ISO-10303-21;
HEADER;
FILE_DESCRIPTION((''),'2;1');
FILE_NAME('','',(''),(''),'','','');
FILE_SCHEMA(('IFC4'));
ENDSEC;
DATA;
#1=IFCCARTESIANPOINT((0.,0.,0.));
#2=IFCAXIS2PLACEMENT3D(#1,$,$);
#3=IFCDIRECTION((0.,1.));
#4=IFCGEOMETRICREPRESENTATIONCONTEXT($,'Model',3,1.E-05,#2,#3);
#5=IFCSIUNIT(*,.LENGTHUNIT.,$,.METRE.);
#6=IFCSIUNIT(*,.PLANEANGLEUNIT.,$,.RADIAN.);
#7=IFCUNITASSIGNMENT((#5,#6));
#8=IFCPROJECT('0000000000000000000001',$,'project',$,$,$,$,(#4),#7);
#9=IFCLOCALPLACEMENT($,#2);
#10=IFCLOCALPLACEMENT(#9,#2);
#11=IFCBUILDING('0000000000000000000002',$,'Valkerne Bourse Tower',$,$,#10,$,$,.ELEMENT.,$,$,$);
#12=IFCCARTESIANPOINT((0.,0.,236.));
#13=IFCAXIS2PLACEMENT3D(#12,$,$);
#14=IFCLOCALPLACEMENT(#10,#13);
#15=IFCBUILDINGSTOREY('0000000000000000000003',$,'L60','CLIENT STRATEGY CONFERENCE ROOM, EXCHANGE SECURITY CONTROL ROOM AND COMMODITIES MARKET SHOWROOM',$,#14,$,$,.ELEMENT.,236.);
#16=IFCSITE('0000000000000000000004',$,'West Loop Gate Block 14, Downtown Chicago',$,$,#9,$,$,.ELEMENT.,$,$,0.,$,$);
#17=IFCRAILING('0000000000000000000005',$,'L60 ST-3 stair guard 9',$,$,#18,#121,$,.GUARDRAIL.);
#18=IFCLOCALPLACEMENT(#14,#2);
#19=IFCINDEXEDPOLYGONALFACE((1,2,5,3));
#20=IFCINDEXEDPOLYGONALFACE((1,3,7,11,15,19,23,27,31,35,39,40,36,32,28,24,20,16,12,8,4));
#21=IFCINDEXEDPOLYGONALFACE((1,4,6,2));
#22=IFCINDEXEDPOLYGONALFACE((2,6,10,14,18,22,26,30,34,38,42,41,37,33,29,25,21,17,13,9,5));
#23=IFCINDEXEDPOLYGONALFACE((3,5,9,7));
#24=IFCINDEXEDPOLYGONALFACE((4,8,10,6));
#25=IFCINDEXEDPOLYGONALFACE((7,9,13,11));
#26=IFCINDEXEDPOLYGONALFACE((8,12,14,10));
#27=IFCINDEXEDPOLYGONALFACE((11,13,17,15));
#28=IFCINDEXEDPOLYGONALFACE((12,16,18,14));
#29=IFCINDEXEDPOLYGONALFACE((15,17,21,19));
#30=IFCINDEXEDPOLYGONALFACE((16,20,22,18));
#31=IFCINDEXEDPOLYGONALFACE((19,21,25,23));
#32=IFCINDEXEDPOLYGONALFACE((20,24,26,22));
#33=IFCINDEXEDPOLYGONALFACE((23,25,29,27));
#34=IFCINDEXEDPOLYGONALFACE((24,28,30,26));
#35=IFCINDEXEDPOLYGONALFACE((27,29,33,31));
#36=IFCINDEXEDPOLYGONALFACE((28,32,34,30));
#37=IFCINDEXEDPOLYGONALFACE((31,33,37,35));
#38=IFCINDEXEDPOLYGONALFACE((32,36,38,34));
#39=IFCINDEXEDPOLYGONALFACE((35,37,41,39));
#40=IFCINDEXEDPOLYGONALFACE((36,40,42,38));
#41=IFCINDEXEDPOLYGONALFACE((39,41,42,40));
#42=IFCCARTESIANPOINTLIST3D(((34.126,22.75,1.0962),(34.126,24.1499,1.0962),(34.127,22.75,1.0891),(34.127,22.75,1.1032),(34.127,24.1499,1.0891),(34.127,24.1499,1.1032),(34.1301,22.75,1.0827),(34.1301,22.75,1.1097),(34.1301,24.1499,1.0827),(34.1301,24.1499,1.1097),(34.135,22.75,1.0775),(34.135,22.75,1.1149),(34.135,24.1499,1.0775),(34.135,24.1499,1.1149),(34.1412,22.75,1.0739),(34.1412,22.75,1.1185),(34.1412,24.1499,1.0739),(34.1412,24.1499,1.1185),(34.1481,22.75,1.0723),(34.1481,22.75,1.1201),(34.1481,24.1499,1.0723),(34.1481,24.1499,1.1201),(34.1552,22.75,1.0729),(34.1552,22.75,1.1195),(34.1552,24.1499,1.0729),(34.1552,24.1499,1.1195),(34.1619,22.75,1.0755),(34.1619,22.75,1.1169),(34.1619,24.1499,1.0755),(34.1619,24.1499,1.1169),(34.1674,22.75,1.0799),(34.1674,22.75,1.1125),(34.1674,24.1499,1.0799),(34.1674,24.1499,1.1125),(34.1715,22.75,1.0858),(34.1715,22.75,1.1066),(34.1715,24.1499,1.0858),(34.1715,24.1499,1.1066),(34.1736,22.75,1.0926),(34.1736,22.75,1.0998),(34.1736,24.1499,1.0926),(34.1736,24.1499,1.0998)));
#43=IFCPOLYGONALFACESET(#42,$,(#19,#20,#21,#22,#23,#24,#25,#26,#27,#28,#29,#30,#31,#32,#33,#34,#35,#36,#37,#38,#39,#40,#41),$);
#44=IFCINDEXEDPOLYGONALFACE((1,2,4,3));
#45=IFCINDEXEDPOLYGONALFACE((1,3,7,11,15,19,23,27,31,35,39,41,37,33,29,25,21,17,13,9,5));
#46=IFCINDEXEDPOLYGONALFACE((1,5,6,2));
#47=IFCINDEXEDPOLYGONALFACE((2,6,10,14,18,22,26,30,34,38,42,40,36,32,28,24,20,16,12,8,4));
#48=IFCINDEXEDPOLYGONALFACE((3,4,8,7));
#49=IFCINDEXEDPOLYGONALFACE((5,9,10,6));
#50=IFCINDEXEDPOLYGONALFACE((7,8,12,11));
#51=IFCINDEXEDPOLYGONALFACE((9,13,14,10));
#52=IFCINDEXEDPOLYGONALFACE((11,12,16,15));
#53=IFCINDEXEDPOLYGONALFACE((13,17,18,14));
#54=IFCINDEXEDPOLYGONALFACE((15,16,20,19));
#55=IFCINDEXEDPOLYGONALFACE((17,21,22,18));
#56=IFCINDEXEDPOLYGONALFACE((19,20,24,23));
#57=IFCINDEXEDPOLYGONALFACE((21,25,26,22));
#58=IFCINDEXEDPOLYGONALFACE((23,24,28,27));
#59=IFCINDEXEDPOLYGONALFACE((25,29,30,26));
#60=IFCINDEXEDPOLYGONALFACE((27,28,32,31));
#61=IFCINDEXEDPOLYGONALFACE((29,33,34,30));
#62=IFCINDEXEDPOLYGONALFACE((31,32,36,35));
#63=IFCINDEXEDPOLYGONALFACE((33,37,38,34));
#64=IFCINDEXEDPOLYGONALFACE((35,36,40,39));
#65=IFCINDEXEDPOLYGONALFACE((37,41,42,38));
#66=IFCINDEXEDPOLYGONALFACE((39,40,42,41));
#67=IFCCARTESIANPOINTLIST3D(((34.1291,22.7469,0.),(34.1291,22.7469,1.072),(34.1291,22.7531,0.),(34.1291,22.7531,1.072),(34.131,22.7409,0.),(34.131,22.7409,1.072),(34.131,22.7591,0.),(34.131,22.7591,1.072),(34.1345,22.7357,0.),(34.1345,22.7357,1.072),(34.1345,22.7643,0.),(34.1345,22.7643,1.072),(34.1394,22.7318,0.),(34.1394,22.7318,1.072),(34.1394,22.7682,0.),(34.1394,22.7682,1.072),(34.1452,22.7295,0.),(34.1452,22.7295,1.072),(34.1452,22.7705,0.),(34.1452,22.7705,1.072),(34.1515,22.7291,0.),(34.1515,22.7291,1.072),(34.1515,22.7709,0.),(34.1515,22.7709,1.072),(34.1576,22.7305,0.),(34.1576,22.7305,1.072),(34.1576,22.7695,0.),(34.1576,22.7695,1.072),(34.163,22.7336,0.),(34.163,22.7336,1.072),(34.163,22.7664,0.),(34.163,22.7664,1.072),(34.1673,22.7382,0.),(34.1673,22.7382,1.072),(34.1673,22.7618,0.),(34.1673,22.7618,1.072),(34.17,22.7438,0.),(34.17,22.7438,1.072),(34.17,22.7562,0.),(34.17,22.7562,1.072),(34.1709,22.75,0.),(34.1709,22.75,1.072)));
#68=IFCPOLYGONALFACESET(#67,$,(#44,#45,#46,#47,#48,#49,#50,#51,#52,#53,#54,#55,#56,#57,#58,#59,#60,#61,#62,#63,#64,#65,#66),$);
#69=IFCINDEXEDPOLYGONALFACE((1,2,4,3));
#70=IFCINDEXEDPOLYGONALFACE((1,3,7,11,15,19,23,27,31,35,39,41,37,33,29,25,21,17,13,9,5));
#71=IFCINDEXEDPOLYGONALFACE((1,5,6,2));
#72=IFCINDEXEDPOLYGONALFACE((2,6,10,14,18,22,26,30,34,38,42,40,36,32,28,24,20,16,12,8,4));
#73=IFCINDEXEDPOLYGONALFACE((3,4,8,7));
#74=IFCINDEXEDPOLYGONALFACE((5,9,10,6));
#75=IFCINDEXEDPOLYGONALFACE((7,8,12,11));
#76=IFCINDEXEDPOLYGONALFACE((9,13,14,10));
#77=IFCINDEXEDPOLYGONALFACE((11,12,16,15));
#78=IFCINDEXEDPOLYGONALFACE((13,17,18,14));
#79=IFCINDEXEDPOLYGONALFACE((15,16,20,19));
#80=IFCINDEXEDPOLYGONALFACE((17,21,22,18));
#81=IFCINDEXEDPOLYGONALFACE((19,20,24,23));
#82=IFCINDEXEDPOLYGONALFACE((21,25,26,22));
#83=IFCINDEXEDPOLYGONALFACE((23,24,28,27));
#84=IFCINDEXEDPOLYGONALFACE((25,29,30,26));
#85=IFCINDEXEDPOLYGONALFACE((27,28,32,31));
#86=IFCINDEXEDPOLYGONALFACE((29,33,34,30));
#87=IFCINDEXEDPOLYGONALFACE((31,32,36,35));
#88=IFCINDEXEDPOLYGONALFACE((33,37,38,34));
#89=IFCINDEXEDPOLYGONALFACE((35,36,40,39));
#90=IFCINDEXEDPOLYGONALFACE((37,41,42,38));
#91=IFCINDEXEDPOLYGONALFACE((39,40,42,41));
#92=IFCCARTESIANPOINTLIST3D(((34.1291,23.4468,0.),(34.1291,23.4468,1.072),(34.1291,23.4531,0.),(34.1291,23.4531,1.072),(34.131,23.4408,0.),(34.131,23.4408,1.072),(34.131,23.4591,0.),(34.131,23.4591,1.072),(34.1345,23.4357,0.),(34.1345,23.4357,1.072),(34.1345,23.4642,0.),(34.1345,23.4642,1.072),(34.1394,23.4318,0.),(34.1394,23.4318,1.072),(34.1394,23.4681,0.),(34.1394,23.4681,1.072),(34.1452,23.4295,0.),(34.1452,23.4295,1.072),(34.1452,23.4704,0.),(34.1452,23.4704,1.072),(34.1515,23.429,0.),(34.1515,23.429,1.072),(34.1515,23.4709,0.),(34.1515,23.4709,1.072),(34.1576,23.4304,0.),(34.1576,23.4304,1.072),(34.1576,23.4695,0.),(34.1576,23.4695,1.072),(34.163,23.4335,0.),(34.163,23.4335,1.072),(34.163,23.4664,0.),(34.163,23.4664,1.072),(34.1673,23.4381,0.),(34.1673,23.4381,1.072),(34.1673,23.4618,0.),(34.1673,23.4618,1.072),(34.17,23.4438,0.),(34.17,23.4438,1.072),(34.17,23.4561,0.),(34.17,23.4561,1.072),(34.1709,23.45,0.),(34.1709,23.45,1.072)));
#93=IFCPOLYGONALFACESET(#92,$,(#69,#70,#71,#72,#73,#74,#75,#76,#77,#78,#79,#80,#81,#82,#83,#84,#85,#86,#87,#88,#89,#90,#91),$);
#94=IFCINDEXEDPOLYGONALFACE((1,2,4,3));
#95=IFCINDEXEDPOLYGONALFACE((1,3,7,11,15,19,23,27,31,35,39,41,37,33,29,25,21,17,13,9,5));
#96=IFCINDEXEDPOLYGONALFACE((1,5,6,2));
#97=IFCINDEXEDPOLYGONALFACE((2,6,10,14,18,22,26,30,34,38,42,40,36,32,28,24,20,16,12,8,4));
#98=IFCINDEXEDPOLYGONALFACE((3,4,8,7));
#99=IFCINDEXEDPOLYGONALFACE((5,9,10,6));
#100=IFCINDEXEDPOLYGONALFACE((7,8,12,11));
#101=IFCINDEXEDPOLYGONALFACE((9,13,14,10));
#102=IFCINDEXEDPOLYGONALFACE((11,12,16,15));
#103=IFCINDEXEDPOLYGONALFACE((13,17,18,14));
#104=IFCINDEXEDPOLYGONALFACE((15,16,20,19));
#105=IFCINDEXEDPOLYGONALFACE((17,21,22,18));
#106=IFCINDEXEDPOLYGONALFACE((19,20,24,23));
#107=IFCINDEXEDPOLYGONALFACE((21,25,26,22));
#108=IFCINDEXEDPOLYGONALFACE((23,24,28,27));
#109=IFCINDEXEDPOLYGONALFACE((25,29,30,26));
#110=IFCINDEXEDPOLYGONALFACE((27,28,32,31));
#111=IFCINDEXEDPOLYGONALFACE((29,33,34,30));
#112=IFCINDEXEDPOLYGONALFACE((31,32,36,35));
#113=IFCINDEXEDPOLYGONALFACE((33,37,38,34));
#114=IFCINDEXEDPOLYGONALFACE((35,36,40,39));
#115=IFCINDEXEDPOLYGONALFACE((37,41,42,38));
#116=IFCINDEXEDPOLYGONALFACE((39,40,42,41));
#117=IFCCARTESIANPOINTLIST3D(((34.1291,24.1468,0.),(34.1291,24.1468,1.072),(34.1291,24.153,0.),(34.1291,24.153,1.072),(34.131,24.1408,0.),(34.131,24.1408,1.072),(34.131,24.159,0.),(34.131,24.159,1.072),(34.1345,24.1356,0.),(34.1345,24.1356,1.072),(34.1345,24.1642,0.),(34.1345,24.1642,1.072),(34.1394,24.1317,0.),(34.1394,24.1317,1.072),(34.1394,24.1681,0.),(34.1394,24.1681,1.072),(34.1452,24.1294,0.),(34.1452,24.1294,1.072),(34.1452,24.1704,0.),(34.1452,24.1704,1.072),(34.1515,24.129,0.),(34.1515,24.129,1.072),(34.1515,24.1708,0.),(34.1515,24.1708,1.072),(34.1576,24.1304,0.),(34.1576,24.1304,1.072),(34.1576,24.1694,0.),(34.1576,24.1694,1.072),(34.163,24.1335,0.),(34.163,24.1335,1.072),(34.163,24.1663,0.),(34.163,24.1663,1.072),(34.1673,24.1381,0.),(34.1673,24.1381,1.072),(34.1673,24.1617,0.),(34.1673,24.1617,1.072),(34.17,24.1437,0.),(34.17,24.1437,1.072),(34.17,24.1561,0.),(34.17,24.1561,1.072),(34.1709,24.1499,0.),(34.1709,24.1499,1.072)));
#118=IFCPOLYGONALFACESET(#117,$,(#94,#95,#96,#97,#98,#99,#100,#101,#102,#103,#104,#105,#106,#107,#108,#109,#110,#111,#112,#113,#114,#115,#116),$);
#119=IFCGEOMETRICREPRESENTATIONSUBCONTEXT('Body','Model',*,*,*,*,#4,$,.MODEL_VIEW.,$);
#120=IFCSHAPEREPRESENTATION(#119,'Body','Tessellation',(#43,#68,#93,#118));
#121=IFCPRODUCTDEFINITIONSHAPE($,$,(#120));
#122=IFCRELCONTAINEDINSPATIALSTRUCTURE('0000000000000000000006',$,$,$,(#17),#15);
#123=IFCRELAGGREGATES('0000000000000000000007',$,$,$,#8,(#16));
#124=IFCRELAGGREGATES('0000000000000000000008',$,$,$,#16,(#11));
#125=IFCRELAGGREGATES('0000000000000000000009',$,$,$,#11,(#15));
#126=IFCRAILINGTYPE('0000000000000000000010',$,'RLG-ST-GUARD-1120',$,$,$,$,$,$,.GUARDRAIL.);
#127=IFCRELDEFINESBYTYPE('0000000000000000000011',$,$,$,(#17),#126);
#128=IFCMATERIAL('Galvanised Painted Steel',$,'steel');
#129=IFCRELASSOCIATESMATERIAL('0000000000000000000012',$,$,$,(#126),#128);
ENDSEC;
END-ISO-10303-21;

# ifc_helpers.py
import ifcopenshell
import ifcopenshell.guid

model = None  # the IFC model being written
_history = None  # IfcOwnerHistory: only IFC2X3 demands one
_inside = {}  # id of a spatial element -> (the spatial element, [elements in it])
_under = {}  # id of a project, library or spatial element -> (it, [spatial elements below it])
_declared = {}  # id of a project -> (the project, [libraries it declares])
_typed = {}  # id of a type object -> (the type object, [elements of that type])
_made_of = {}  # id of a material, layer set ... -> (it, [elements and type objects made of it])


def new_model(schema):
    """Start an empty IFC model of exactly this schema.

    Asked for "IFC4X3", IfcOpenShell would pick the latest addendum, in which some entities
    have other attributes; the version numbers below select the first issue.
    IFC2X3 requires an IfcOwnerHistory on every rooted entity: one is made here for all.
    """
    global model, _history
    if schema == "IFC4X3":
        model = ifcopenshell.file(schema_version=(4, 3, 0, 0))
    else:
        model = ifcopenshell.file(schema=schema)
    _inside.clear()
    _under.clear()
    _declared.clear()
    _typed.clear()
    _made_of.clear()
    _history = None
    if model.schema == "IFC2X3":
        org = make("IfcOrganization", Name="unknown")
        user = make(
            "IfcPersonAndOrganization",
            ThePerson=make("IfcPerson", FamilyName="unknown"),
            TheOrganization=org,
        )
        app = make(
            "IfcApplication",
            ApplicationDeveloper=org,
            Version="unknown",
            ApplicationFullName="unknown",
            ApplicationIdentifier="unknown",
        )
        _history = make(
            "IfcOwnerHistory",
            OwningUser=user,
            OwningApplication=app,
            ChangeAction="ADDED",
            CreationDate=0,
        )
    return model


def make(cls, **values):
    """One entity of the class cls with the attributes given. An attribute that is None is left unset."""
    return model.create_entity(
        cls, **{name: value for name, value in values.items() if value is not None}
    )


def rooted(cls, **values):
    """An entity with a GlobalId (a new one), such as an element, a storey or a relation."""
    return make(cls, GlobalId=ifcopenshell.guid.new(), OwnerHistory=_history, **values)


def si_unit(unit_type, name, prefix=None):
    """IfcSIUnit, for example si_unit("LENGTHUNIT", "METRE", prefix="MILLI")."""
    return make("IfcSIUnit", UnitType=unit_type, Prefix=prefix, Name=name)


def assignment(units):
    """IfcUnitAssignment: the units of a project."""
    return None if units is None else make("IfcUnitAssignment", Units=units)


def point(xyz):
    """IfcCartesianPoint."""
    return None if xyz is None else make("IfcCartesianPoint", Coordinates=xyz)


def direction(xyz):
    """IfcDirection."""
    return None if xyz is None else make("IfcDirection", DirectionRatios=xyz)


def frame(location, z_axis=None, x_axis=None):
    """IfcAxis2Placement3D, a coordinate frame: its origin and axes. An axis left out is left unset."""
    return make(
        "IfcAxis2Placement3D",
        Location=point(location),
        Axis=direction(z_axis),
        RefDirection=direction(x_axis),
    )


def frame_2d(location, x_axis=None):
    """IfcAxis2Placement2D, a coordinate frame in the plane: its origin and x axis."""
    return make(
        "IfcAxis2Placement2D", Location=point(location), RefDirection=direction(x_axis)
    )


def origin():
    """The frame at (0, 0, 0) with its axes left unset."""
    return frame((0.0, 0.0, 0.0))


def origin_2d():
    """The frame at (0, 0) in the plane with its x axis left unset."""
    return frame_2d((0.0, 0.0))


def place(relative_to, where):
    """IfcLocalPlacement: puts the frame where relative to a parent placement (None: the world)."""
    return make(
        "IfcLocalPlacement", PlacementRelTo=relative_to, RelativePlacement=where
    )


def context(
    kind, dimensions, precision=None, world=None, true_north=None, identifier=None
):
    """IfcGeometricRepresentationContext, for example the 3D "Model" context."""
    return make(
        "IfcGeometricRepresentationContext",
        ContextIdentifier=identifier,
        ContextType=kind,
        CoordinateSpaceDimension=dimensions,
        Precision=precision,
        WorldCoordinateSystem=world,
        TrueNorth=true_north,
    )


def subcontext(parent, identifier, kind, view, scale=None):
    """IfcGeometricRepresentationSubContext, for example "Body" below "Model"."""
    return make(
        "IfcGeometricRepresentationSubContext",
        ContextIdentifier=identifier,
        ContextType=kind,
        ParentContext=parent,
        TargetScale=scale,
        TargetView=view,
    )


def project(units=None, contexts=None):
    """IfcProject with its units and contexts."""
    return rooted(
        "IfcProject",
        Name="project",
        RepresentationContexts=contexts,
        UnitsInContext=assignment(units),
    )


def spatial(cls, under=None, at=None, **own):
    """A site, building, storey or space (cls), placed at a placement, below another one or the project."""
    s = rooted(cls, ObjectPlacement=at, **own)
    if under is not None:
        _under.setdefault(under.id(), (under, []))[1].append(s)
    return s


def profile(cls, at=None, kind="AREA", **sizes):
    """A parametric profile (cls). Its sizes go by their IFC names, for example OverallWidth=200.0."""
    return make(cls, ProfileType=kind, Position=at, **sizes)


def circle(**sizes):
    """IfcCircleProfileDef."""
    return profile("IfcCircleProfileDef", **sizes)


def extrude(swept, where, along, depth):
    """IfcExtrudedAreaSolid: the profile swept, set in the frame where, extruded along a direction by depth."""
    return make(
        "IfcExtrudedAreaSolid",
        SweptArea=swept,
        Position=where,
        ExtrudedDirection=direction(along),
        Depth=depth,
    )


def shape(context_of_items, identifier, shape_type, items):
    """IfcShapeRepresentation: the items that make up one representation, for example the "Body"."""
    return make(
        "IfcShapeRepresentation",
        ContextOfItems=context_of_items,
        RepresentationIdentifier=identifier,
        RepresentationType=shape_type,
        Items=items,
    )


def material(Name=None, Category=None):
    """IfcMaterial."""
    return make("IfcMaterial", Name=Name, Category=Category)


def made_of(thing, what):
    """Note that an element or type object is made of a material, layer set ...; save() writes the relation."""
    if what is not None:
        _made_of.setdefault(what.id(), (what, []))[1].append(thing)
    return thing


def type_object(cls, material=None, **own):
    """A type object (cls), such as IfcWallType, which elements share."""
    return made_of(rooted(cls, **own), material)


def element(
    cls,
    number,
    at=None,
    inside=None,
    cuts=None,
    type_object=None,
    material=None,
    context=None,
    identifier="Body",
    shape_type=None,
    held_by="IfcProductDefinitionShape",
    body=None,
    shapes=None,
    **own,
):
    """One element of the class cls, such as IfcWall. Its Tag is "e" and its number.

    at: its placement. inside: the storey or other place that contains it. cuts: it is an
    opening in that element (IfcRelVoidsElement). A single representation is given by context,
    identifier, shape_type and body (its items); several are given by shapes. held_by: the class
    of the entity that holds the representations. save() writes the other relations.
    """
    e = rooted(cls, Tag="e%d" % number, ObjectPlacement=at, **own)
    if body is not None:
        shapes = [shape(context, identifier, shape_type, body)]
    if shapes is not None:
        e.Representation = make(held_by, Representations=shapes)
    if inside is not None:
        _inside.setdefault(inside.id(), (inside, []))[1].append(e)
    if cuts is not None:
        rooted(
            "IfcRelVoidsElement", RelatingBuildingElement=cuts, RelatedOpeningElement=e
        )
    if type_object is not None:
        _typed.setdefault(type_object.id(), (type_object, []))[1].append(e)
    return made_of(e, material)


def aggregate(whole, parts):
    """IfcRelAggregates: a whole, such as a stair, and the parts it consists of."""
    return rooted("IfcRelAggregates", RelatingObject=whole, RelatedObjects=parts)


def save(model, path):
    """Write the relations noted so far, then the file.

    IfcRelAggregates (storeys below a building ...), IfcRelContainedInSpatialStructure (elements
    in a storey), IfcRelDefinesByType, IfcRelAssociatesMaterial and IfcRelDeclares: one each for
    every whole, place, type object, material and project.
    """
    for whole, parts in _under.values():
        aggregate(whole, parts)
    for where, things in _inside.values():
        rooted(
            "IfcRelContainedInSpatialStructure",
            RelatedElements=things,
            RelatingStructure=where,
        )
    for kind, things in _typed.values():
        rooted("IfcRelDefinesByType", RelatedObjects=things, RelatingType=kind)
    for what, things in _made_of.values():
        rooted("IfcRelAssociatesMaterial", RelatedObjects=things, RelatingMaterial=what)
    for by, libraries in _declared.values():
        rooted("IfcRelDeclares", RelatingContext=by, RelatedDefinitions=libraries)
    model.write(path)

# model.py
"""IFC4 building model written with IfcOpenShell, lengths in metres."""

from ifc_helpers import new_model, si_unit, direction, frame, origin, origin_2d, place, context, subcontext, project, spatial, circle, extrude, material, type_object, element, save


model = new_model("IFC4")

# Units and contexts
model_context = context("Model", 3, precision=1e-05, world=origin(), true_north=direction((0.0, 1.0)))
body_context = subcontext(model_context, "Body", "Model", "MODEL_VIEW")
ifc_project = project(units=[si_unit("LENGTHUNIT", "METRE"), si_unit("PLANEANGLEUNIT", "RADIAN")], contexts=[model_context])

# Site, building, storey
site_placement = place(None, origin())
site = spatial("IfcSite", under=ifc_project, at=site_placement, Name="West Loop Gate Block 14, Downtown Chicago", CompositionType="ELEMENT", RefElevation=0.0)
building_placement = place(site_placement, origin())
building = spatial("IfcBuilding", under=site, at=building_placement, Name="Valkerne Bourse Tower", CompositionType="ELEMENT")
storey_placement = place(building_placement, frame((0.0, 0.0, 236.0)))
storey = spatial("IfcBuildingStorey", under=building, at=storey_placement, Name="L60", Description="CLIENT STRATEGY CONFERENCE ROOM, EXCHANGE SECURITY CONTROL ROOM AND COMMODITIES MARKET SHOWROOM", CompositionType="ELEMENT", Elevation=236.0)

# Railing
ifc_material_1 = material(Name="Galvanised Painted Steel", Category="steel")
railing_type_1 = type_object("IfcRailingType", Name="RLG-ST-GUARD-1120", PredefinedType="GUARDRAIL", material=ifc_material_1)
for number, where, name in (
    (1, (34.1499, 22.75, 0.0), "L60 ST-3 stair guard 9"),
):
    element("IfcRailing", number, at=place(storey_placement, frame(where)), inside=storey, type_object=railing_type_1, Name=name, PredefinedType="GUARDRAIL", context=body_context, shape_type="SweptSolid", body=[
        extrude(circle(Radius=0.0239, at=origin_2d()), frame((0.0, 0.0, 1.0962), z_axis=(0.0, 1.0, 0.0), x_axis=(-1.0, 0.0, 0.0)), (0.0, 0.0, 1.0), 1.3999),
        extrude(circle(Radius=0.021, at=origin_2d()), origin(), (0.0, 0.0, 1.0), 1.072),
        extrude(circle(Radius=0.021, at=origin_2d()), frame((0.0, 0.7, 0.0)), (0.0, 0.0, 1.0), 1.072),
        extrude(circle(Radius=0.021, at=origin_2d()), frame((0.0, 1.3999, 0.0)), (0.0, 0.0, 1.0), 1.072),
    ])

save(model, "model.ifc")
